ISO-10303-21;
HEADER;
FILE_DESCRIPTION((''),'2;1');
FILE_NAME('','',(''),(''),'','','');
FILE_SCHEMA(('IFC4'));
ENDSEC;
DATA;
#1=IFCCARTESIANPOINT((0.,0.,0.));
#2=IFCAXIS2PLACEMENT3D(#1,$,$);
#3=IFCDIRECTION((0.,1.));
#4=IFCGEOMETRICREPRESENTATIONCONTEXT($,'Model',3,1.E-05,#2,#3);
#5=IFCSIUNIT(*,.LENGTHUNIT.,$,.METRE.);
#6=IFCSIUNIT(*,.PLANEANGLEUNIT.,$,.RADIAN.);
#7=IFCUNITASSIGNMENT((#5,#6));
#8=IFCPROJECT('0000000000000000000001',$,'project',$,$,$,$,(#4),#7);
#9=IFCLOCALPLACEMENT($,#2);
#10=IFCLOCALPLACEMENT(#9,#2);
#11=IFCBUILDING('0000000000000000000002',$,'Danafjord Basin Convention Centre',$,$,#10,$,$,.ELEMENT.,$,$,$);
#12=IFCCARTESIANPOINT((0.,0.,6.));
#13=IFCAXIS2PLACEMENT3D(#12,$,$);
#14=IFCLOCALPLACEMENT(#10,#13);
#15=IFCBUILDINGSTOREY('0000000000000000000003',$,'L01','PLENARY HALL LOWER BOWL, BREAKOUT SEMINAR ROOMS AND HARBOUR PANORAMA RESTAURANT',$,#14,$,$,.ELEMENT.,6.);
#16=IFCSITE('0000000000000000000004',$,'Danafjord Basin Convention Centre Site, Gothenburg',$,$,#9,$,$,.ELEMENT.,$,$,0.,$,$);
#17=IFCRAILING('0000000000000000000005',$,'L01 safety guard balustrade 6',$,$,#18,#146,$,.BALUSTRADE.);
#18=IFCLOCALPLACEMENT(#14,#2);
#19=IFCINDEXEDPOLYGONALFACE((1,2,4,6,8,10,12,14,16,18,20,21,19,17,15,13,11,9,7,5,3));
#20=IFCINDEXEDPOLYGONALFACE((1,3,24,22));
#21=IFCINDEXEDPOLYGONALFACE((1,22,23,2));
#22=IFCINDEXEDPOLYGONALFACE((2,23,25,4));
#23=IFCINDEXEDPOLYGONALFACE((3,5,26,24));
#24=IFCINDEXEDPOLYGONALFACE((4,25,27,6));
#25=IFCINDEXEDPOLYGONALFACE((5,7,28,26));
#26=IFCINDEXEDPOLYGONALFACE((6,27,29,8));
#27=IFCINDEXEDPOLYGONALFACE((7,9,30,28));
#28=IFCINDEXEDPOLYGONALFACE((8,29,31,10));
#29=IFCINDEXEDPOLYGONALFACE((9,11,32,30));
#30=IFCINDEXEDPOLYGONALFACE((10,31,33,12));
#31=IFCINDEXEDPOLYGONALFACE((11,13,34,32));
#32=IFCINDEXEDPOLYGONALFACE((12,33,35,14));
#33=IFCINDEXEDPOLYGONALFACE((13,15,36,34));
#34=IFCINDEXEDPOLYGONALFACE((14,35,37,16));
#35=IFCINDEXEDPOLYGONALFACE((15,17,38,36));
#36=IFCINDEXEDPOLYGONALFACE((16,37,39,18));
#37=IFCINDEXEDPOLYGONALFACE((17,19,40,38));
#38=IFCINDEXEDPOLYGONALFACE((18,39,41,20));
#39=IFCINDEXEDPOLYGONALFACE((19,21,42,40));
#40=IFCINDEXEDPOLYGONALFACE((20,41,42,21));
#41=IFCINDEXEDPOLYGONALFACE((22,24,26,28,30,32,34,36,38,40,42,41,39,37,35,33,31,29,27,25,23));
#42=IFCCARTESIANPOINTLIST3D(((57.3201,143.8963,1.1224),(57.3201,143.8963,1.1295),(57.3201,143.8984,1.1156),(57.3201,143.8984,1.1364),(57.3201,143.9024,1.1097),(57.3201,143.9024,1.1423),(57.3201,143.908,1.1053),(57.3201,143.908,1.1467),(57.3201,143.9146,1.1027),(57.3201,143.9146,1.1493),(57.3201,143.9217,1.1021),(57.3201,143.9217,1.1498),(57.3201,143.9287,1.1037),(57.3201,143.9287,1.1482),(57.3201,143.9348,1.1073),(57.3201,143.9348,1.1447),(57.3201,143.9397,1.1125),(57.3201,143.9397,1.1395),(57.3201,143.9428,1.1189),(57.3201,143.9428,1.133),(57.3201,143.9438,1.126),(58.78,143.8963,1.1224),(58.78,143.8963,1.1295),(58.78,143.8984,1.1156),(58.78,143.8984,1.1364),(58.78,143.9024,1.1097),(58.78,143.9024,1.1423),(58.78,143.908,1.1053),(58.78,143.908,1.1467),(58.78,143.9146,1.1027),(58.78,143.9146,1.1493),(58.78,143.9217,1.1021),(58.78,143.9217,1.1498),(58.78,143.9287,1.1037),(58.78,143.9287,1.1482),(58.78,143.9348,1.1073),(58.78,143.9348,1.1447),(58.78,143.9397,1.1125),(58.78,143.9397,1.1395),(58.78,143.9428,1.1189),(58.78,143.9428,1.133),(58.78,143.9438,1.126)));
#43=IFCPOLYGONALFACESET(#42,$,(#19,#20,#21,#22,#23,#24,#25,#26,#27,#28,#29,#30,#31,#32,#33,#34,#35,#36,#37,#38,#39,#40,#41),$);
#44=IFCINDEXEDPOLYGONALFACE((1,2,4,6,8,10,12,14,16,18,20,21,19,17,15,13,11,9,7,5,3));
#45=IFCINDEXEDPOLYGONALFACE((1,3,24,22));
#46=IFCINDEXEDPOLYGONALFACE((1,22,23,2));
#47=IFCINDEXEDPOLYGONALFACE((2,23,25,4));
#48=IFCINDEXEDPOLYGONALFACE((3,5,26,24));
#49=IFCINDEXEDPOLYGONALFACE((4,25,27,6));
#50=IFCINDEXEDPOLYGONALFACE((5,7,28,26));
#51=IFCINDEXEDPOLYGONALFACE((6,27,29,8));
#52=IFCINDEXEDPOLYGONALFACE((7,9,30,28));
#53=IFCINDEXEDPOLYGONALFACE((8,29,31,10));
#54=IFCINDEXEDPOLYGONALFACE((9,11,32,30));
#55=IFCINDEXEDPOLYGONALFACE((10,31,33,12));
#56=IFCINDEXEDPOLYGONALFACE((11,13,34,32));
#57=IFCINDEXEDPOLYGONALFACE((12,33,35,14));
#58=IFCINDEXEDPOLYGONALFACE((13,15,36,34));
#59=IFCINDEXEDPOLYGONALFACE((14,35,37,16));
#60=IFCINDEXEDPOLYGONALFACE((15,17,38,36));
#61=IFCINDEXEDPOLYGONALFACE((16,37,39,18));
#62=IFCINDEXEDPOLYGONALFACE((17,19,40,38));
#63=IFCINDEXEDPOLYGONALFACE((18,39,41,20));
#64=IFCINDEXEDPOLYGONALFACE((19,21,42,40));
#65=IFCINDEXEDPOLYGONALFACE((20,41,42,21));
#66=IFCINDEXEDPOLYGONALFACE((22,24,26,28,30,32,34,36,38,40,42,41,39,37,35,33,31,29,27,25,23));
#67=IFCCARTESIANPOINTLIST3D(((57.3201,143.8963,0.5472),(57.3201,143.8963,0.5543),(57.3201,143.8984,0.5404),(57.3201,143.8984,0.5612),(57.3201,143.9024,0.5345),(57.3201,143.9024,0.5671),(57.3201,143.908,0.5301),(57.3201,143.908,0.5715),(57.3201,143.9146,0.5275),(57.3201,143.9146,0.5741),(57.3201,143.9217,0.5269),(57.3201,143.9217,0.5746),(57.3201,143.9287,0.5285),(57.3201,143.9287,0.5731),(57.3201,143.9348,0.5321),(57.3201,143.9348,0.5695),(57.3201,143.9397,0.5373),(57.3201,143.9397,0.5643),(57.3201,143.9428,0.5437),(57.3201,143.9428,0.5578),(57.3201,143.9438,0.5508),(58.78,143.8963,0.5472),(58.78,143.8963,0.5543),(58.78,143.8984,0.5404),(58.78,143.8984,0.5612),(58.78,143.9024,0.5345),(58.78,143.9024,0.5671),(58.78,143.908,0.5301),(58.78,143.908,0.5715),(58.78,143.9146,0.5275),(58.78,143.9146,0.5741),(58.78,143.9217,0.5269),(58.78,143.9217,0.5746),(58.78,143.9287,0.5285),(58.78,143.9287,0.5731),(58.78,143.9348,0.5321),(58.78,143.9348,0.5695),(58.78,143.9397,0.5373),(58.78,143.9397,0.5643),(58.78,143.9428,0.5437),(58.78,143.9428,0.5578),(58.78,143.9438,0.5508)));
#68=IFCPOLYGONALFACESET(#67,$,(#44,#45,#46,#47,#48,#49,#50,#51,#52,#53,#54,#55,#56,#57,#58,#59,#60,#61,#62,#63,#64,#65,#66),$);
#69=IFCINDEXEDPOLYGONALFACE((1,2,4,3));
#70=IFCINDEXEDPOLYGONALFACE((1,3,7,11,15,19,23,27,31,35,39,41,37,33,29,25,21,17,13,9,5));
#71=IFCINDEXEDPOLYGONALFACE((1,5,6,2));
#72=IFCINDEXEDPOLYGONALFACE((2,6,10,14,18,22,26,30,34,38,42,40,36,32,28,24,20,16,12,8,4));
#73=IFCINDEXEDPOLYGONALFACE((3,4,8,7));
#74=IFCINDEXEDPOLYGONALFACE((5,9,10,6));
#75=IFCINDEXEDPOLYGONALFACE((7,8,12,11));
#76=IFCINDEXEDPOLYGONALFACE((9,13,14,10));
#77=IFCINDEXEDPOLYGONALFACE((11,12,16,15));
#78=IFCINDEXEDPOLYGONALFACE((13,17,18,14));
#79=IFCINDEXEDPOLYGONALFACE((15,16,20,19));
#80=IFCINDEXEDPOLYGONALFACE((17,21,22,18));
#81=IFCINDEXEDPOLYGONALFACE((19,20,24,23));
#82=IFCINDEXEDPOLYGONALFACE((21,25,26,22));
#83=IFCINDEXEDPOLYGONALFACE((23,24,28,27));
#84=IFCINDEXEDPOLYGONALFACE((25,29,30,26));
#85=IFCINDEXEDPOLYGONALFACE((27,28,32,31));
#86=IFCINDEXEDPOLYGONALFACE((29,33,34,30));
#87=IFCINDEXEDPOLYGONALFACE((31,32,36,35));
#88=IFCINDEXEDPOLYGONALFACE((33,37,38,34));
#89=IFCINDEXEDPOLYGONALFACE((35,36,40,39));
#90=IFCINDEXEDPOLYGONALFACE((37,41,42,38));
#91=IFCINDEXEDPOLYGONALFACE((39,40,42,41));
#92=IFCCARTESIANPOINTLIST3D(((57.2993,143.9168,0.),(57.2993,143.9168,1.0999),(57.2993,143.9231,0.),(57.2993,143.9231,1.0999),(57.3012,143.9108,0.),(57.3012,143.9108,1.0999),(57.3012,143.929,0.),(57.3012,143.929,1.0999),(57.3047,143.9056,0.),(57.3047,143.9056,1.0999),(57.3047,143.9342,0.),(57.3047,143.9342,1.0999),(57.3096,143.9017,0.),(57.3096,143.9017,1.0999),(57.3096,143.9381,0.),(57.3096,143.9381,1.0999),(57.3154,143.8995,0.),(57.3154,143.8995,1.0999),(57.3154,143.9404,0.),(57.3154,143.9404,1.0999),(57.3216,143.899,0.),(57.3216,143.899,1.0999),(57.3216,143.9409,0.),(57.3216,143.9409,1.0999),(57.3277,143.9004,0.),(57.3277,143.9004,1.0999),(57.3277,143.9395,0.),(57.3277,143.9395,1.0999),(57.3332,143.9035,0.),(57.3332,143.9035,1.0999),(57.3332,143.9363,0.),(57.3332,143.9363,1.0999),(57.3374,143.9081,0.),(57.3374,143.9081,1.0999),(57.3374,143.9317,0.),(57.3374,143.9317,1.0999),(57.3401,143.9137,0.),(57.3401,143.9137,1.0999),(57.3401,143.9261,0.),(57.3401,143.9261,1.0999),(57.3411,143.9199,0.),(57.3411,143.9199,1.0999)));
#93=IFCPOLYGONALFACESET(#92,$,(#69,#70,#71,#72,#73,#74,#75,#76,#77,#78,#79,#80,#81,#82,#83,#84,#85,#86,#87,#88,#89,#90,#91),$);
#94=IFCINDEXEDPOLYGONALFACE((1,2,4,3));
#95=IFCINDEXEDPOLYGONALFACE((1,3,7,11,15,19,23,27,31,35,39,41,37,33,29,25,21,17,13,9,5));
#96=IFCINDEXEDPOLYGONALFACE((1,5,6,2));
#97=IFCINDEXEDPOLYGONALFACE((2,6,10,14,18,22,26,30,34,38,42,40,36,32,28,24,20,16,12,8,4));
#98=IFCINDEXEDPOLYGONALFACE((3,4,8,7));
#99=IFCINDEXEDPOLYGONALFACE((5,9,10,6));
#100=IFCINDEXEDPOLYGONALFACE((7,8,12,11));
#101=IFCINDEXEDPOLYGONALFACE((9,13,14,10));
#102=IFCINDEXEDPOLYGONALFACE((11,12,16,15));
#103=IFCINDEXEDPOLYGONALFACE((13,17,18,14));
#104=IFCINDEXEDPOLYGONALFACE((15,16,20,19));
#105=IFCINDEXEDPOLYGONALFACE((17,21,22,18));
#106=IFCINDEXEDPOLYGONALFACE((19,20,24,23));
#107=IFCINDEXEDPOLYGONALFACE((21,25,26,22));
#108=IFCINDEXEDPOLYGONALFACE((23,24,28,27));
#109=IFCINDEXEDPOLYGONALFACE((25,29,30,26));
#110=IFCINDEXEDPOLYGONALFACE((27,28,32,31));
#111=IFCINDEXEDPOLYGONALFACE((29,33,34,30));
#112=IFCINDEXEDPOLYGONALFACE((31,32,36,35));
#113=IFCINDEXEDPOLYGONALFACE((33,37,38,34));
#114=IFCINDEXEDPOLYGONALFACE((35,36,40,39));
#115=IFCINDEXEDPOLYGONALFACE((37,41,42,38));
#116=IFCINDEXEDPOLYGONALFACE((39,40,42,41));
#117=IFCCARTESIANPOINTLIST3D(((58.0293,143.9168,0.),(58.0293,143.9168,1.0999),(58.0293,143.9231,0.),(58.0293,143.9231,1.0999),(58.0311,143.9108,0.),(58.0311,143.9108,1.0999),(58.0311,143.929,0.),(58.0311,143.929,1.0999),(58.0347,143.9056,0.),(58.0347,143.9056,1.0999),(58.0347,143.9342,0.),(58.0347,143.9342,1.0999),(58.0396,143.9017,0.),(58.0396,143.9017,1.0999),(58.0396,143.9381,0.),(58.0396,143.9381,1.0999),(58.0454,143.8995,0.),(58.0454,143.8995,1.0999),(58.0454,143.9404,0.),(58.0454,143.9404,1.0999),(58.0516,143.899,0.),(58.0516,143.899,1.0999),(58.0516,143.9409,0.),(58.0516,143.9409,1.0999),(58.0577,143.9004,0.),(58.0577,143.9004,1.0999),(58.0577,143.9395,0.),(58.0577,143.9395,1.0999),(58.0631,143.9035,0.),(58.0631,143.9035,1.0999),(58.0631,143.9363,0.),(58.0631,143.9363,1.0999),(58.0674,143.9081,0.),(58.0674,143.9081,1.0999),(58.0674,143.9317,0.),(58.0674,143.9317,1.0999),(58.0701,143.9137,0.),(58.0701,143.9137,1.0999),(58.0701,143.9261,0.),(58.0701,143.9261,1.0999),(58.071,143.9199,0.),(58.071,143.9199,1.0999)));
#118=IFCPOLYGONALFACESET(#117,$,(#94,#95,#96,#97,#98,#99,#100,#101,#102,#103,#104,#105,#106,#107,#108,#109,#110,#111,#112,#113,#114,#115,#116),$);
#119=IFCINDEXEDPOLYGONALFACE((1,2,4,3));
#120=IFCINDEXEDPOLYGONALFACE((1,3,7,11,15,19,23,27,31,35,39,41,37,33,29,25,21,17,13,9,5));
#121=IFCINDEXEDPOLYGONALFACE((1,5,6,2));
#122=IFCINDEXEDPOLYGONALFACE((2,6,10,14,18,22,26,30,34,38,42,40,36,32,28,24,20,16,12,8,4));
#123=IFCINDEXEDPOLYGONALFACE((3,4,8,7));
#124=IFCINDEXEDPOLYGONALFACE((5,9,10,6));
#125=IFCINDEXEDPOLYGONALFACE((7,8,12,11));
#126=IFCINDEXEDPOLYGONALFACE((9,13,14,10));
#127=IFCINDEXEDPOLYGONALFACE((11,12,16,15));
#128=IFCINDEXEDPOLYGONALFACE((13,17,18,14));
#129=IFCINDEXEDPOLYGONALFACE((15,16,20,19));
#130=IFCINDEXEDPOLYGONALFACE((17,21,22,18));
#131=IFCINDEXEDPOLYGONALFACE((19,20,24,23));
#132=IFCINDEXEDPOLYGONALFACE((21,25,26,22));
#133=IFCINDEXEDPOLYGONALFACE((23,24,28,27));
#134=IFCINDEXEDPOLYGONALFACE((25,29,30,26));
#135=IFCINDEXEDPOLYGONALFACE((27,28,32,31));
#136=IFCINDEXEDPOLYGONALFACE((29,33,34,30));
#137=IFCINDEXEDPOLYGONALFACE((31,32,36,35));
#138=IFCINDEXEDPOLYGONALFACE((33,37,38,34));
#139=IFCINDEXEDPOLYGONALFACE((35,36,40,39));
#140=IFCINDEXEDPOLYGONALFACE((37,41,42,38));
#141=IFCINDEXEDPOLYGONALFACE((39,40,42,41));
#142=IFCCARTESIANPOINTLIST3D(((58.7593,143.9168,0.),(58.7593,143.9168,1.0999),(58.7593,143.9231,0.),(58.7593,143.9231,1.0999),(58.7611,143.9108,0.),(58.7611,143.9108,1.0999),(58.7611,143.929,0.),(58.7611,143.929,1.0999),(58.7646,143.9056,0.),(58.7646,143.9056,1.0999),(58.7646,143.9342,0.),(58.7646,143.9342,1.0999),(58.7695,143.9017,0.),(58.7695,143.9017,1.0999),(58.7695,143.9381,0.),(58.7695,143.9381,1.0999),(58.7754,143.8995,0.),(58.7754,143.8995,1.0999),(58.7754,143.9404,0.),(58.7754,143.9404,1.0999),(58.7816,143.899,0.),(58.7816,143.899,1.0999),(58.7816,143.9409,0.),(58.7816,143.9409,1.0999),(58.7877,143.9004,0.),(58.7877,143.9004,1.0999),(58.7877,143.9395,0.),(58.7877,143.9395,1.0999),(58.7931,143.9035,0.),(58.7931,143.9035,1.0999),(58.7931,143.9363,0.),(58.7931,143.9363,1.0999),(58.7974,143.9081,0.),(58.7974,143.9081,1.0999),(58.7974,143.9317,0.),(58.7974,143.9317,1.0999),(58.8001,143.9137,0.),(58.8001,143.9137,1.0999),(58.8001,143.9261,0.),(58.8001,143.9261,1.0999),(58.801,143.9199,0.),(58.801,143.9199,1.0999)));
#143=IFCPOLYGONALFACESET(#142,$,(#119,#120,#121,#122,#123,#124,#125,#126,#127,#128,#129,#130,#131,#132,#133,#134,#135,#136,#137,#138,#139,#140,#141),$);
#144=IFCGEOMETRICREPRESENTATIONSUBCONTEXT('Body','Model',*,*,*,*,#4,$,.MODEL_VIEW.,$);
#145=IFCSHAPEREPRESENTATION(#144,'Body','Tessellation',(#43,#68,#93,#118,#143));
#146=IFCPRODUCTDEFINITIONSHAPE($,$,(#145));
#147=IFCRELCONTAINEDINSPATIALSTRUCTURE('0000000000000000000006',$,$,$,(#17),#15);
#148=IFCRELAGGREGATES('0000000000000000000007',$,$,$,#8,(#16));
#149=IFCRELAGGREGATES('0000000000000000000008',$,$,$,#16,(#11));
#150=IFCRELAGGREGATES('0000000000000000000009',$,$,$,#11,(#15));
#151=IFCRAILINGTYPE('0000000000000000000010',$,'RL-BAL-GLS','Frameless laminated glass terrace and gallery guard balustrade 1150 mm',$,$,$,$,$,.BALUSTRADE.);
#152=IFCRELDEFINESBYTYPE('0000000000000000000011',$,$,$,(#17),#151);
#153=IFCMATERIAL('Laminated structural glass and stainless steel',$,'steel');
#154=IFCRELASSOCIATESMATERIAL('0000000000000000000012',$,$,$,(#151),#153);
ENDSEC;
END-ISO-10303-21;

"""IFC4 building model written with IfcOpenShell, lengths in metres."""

from ifc_helpers import new_model, si_unit, direction, frame, origin, origin_2d, place, context, subcontext, project, spatial, circle, extrude, material, type_object, element, save


model = new_model("IFC4")

# Units and contexts
model_context = context("Model", 3, precision=1e-05, world=origin(), true_north=direction((0.0, 1.0)))
body_context = subcontext(model_context, "Body", "Model", "MODEL_VIEW")
ifc_project = project(units=[si_unit("LENGTHUNIT", "METRE"), si_unit("PLANEANGLEUNIT", "RADIAN")], contexts=[model_context])

# Site, building, storey
site_placement = place(None, origin())
site = spatial("IfcSite", under=ifc_project, at=site_placement, Name="Danafjord Basin Convention Centre Site, Gothenburg", CompositionType="ELEMENT", RefElevation=0.0)
building_placement = place(site_placement, origin())
building = spatial("IfcBuilding", under=site, at=building_placement, Name="Danafjord Basin Convention Centre", CompositionType="ELEMENT")
storey_placement = place(building_placement, frame((0.0, 0.0, 6.0)))
storey = spatial("IfcBuildingStorey", under=building, at=storey_placement, Name="L01", Description="PLENARY HALL LOWER BOWL, BREAKOUT SEMINAR ROOMS AND HARBOUR PANORAMA RESTAURANT", CompositionType="ELEMENT", Elevation=6.0)

# Railing
ifc_material_1 = material(Name="Laminated structural glass and stainless steel", Category="steel")
railing_type = type_object("IfcRailingType", Name="RL-BAL-GLS", Description="Frameless laminated glass terrace and gallery guard balustrade 1150 mm", PredefinedType="BALUSTRADE", material=ifc_material_1)
railing_1_placement = place(storey_placement, frame((57.3201, 143.9199, 0.0)))
element("IfcRailing", 1, at=railing_1_placement, inside=storey, type_object=railing_type, Name="L01 safety guard balustrade 6", PredefinedType="BALUSTRADE", context=body_context, shape_type="SweptSolid", body=[
    extrude(circle(Radius=0.0239, at=origin_2d()), frame((0.0, 0.0, 1.126), z_axis=(1.0, 0.0, 0.0), x_axis=(0.0, 1.0, 0.0)), (0.0, 0.0, 1.0), 1.46),
    extrude(circle(Radius=0.0239, at=origin_2d()), frame((0.0, 0.0, 0.5508), z_axis=(1.0, 0.0, 0.0), x_axis=(0.0, 1.0, 0.0)), (0.0, 0.0, 1.0), 1.46),
    extrude(circle(Radius=0.021, at=origin_2d()), origin(), (0.0, 0.0, 1.0), 1.0999),
    extrude(circle(Radius=0.021, at=origin_2d()), frame((0.73, 0.0, 0.0)), (0.0, 0.0, 1.0), 1.0999),
    extrude(circle(Radius=0.021, at=origin_2d()), frame((1.46, 0.0, 0.0)), (0.0, 0.0, 1.0), 1.0999),
])

save(model, "model.ifc")
